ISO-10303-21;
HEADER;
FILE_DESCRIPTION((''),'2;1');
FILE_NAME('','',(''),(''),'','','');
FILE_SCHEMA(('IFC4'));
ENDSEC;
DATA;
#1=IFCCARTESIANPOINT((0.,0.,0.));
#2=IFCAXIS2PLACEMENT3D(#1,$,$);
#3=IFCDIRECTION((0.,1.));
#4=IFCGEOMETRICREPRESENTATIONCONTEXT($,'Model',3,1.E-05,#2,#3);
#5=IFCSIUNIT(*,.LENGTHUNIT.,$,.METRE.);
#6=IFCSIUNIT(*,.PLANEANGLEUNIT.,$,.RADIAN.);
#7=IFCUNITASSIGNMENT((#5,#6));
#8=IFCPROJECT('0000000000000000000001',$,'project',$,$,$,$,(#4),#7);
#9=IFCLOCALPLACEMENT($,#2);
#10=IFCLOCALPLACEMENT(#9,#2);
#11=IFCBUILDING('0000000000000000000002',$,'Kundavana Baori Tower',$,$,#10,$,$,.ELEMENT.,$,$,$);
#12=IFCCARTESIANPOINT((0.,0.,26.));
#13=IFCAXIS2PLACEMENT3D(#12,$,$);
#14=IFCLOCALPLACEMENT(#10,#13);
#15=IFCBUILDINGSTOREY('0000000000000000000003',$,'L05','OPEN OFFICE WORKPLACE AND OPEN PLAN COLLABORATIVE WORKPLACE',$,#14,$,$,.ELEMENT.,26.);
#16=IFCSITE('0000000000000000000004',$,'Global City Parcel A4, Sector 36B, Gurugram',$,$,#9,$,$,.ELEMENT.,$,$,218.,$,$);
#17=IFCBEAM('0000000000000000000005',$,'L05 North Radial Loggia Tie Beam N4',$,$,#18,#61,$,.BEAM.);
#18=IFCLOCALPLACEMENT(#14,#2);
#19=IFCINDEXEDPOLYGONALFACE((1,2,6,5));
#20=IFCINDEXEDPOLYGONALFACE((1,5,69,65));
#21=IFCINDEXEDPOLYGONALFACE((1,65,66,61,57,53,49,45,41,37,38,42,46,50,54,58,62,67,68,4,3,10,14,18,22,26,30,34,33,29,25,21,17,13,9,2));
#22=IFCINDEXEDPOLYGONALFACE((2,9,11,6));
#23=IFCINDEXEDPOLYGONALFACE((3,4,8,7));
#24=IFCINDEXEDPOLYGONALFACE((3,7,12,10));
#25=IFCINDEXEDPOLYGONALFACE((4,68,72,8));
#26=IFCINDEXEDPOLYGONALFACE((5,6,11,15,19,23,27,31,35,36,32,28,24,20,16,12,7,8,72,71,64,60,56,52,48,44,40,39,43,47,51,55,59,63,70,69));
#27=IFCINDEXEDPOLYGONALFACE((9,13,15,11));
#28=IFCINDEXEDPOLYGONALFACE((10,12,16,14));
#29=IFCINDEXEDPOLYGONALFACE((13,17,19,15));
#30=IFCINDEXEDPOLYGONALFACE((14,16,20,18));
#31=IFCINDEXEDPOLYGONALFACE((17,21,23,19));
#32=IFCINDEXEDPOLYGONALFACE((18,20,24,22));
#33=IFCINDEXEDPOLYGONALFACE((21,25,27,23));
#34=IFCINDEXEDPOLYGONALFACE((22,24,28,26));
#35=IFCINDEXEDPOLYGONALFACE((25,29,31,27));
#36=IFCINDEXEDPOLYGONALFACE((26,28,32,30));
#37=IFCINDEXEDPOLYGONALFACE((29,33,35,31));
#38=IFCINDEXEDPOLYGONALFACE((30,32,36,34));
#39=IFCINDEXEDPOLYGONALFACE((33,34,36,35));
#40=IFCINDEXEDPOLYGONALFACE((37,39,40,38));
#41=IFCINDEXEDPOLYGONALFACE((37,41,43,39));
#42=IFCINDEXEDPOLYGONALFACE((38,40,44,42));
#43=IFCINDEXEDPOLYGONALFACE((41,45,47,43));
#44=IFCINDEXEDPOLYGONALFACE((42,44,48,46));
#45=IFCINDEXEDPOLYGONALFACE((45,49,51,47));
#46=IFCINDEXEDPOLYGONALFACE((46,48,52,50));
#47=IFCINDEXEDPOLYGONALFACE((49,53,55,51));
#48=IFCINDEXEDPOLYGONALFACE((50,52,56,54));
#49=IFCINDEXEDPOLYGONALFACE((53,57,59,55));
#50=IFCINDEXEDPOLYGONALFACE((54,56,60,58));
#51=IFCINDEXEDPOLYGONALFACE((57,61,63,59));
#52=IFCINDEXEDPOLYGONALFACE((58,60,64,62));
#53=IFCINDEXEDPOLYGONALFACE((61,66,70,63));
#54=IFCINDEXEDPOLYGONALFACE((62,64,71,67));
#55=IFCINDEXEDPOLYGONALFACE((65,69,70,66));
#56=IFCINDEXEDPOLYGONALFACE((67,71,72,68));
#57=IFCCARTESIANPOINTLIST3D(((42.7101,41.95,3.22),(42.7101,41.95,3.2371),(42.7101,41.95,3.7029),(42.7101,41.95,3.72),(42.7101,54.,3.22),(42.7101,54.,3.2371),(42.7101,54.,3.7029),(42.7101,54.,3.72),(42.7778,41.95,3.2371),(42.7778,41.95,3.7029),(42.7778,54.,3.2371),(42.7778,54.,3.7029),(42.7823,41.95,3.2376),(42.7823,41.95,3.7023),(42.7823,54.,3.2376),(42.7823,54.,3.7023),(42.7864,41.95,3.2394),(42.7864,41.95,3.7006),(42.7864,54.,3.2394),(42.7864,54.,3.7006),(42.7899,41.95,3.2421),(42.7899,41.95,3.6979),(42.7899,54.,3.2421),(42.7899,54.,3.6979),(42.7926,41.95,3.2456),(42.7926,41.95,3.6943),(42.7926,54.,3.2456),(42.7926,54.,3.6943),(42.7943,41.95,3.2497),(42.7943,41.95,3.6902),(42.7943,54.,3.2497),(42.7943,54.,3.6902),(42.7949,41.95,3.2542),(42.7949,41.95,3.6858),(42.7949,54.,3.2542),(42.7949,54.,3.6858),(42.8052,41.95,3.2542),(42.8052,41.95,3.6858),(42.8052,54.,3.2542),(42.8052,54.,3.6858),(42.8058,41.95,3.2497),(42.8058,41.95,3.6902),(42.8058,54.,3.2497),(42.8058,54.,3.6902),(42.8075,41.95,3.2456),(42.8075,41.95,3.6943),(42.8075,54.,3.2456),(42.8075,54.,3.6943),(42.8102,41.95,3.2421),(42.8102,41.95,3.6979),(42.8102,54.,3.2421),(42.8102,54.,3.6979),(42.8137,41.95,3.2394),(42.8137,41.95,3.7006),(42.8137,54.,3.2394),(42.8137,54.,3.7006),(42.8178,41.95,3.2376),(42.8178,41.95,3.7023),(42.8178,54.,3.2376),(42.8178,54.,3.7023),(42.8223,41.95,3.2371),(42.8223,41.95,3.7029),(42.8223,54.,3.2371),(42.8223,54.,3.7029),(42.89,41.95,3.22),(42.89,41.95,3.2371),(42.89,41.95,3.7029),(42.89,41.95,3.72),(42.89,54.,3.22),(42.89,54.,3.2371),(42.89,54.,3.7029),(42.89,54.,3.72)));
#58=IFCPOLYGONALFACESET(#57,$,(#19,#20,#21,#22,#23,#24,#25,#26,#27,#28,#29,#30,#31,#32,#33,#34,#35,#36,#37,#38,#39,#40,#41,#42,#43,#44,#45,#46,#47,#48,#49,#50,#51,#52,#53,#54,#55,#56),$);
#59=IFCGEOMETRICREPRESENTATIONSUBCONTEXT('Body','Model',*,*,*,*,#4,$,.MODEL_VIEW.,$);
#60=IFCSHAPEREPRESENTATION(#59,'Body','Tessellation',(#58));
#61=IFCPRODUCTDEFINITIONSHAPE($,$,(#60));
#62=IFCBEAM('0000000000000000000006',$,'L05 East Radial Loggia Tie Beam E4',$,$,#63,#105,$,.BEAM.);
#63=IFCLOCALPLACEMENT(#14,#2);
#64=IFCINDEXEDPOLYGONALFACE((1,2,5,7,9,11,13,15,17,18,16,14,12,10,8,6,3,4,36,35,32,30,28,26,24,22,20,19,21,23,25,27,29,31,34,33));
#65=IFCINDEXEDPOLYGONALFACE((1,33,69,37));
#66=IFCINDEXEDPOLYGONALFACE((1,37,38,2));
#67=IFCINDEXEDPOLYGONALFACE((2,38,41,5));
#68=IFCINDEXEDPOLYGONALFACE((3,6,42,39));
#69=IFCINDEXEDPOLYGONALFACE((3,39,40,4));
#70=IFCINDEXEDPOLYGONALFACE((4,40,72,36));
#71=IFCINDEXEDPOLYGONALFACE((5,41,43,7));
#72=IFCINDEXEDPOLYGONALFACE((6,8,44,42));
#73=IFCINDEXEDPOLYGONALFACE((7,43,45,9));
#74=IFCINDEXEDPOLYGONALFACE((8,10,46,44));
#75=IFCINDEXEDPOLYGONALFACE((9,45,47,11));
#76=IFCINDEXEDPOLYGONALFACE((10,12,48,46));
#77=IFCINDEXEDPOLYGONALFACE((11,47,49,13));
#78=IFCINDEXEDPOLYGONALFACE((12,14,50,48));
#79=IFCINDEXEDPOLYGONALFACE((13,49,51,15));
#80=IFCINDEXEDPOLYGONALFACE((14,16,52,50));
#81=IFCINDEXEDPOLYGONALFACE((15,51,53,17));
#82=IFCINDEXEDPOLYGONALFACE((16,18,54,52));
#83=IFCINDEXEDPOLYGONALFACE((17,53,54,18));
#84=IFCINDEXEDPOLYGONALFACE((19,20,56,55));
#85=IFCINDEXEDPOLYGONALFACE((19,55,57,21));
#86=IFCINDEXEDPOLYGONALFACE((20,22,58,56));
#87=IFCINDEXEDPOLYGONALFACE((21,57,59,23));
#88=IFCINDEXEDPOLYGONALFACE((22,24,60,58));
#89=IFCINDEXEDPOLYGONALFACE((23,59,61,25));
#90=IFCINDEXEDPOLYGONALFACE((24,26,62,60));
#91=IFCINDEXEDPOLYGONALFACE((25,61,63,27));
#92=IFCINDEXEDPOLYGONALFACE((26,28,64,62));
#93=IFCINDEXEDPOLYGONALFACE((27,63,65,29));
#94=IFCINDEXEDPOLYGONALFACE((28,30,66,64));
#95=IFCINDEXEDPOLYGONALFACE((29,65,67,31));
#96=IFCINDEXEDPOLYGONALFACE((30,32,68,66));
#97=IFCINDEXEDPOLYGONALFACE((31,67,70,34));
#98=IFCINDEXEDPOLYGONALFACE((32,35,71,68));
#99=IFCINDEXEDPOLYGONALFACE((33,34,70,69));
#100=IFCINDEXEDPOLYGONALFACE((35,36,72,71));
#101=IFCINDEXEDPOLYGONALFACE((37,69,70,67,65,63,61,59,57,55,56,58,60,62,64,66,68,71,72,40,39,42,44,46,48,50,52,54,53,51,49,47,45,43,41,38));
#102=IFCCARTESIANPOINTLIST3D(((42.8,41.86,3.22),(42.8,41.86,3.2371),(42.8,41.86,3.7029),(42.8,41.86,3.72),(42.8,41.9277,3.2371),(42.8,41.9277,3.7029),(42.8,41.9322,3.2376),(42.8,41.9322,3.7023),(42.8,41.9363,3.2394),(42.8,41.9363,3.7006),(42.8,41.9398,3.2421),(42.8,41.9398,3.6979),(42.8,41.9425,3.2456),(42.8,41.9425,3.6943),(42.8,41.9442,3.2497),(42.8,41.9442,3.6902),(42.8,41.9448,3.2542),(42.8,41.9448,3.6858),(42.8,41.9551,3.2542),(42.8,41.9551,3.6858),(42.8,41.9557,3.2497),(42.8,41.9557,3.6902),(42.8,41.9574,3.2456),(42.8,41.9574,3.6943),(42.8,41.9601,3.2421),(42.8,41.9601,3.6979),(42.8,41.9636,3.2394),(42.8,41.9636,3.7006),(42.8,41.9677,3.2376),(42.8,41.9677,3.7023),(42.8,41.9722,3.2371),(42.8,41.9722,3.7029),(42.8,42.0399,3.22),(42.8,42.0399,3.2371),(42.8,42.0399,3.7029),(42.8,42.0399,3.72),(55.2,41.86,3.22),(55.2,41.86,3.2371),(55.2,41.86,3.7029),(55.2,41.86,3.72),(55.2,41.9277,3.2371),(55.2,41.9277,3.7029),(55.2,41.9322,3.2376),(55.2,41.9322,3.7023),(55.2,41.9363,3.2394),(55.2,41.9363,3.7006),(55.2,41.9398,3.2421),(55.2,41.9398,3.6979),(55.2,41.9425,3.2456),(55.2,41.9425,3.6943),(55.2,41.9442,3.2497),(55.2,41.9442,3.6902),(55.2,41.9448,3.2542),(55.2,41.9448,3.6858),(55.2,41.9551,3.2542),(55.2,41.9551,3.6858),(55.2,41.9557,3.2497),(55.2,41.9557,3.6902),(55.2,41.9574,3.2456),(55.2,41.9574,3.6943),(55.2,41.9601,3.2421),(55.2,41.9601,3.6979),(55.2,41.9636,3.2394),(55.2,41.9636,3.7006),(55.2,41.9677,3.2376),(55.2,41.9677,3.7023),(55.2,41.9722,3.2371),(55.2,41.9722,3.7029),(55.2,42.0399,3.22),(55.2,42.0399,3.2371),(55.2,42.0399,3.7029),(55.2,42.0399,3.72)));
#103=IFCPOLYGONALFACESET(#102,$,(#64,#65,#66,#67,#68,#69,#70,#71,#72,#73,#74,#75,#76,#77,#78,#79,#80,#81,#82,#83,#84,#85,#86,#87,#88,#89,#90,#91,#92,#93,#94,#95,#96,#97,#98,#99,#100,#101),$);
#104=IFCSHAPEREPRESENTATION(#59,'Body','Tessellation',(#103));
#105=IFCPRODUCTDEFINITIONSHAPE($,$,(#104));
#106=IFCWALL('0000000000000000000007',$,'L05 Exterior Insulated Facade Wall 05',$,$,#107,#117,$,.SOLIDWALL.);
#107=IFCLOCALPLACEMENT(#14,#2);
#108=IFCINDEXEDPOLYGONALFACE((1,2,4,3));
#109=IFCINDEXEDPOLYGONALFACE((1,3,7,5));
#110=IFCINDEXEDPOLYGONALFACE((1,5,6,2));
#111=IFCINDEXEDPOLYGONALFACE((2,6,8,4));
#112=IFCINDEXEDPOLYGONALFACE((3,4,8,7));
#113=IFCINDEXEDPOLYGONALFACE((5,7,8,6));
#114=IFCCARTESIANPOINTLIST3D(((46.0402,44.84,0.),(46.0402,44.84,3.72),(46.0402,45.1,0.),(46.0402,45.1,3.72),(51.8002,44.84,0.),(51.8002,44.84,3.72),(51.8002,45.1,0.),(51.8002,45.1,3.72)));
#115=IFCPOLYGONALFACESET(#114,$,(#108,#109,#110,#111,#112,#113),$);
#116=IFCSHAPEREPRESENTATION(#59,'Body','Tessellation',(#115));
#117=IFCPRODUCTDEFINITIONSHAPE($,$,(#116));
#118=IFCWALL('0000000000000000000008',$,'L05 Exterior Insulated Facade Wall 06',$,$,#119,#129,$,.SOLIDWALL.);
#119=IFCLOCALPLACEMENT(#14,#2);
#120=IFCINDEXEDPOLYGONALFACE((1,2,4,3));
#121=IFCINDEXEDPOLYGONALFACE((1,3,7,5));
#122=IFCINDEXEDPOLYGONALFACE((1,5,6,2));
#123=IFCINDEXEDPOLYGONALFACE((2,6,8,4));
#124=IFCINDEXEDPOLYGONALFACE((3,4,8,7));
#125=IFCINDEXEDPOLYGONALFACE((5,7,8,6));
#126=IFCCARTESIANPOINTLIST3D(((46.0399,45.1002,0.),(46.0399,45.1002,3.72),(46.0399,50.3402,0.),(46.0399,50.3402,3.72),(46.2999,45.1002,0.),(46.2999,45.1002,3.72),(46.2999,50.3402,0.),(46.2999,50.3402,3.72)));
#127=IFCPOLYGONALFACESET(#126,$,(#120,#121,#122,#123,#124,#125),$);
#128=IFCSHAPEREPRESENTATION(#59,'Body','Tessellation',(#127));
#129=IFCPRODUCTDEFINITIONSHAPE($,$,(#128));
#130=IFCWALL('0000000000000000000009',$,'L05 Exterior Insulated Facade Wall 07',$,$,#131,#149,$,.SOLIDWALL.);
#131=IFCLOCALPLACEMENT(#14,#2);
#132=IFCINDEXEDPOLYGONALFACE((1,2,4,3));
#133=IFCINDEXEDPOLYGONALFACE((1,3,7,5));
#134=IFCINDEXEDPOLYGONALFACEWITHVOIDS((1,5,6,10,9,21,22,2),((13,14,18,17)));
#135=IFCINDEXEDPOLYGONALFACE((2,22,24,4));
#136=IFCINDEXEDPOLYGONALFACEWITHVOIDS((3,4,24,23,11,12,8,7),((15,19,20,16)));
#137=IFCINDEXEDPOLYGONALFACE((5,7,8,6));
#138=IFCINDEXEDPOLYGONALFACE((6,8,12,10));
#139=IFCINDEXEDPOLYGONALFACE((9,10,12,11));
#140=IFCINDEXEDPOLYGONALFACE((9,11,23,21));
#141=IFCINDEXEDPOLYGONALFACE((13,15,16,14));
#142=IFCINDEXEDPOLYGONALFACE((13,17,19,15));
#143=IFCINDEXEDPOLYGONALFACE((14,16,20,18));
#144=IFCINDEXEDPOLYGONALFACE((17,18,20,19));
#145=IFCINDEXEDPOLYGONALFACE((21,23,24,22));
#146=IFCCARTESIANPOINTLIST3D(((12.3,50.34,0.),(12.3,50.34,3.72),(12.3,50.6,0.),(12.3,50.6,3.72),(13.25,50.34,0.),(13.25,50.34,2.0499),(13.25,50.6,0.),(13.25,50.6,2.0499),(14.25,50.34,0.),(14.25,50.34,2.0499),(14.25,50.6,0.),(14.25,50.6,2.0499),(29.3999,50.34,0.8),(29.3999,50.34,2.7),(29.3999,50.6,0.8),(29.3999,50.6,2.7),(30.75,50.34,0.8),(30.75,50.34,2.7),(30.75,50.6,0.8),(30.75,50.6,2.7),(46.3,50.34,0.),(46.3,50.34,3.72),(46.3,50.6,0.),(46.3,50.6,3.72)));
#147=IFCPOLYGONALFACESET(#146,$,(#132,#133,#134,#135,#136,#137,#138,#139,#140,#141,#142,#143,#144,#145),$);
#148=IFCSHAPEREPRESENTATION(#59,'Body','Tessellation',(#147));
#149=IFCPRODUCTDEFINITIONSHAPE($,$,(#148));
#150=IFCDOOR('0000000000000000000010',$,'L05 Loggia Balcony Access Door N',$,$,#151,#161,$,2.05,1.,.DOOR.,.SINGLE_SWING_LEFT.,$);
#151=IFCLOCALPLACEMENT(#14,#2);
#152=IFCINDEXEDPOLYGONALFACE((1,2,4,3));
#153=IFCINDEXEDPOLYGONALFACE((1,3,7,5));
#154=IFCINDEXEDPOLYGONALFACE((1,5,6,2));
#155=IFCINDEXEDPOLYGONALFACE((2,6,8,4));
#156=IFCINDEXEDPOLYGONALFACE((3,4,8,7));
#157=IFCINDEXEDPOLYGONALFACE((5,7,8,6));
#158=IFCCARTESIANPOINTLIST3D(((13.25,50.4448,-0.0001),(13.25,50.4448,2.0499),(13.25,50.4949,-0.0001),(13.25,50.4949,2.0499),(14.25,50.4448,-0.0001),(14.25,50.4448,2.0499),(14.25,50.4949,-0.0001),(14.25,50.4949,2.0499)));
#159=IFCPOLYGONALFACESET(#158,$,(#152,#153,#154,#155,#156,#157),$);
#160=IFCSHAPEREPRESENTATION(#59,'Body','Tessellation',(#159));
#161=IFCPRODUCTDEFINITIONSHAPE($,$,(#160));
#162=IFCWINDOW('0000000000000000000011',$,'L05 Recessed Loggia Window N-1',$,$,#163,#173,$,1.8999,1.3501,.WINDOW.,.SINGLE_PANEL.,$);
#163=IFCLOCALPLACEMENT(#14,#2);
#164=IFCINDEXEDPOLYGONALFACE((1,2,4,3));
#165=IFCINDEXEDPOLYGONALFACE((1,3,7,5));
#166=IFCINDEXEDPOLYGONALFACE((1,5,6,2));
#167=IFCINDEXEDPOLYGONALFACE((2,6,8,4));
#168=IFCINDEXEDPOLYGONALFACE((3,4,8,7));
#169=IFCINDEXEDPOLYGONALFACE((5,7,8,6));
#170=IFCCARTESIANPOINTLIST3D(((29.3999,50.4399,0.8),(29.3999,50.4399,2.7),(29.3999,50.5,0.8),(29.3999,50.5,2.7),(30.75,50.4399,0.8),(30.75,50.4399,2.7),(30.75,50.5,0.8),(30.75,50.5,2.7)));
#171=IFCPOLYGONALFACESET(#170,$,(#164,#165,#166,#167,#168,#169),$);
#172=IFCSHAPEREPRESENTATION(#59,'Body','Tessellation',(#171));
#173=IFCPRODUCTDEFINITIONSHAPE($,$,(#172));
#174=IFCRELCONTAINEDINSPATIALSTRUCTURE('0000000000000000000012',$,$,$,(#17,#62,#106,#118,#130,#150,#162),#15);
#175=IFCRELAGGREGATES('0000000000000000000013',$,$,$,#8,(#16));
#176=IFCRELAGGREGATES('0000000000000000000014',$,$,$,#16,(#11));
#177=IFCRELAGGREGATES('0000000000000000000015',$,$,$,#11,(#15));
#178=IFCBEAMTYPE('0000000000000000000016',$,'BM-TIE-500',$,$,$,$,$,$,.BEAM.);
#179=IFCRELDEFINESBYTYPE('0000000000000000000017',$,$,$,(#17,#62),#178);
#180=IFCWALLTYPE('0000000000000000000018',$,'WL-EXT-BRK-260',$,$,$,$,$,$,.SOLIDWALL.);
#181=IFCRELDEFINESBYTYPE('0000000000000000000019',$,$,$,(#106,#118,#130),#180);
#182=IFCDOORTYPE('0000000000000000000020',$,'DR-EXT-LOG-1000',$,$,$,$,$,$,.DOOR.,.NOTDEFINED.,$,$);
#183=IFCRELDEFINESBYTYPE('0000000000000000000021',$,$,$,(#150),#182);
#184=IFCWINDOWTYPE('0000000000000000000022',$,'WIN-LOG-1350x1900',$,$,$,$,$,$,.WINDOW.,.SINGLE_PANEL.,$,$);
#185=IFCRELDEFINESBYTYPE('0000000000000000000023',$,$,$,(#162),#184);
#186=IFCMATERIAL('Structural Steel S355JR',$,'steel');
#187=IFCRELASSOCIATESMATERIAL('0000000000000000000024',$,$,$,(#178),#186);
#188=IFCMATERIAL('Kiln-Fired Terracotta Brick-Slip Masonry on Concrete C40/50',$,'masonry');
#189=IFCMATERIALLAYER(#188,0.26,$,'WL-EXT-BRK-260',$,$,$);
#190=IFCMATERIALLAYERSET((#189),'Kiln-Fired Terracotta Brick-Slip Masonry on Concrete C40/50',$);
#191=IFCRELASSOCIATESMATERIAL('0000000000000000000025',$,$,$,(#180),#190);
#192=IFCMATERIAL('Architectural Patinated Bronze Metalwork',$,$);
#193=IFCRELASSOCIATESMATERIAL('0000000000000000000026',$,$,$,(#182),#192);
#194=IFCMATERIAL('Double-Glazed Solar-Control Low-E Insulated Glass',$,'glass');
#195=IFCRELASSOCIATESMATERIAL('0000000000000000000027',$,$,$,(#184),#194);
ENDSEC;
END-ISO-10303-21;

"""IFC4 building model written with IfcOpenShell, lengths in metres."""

from ifc_helpers import new_model, si_unit, direction, frame, frame_2d, origin, origin_2d, place, context, subcontext, project, spatial, rectangle, i_section, extrude, material, layer, layer_set, material_profile, profile_set, type_object, element, fill, save


model = new_model("IFC4")

# Units and contexts
model_context = context("Model", 3, precision=1e-05, world=origin(), true_north=direction((0.0, 1.0)))
body_context = subcontext(model_context, "Body", "Model", "MODEL_VIEW")
ifc_project = project(units=[si_unit("LENGTHUNIT", "METRE"), si_unit("PLANEANGLEUNIT", "RADIAN")], contexts=[model_context])

# Site, building, storey
site_placement = place(None, origin())
site = spatial("IfcSite", under=ifc_project, at=site_placement, Name="Global City Parcel A4, Sector 36B, Gurugram", CompositionType="ELEMENT", RefElevation=218.0)
building_placement = place(site_placement, origin())
building = spatial("IfcBuilding", under=site, at=building_placement, Name="Kundavana Baori Tower", CompositionType="ELEMENT")
storey_placement = place(building_placement, frame((0.0, 0.0, 26.0)))
storey = spatial("IfcBuildingStorey", under=building, at=storey_placement, Name="L05", Description="OPEN OFFICE WORKPLACE AND OPEN PLAN COLLABORATIVE WORKPLACE", CompositionType="ELEMENT", Elevation=26.0)

# Beams
ifc_material_1 = material(Name="Structural Steel S355JR", Category="steel")
ifc_material_profile_1 = material_profile(ifc_material_1, i_section(OverallWidth=0.1799, OverallDepth=0.5, WebThickness=0.0103, FlangeThickness=0.0171, FilletRadius=0.0171, at=origin_2d()), Name="ISMB 500")
ifc_profile_set_1 = profile_set([ifc_material_profile_1], Name="Structural Steel S355JR")
beam_type_1 = type_object("IfcBeamType", Name="BM-TIE-500", PredefinedType="BEAM", material=ifc_profile_set_1)
for number, where, z_axis, x_axis, name in (
    (1, (42.8, 41.95, 3.47), (0.0, 1.0, 0.0), (-1.0, 0.0, 0.0), "L05 North Radial Loggia Tie Beam N4"),
):
    element("IfcBeam", number, at=place(storey_placement, frame(where, z_axis=z_axis, x_axis=x_axis)), inside=storey, type_object=beam_type_1, Name=name, PredefinedType="BEAM", context=body_context, shape_type="SweptSolid", body=[
        extrude(i_section(OverallWidth=0.1799, OverallDepth=0.5, WebThickness=0.0103, FlangeThickness=0.0171, FilletRadius=0.0171, at=origin_2d()), origin(), (0.0, 0.0, 1.0), 12.05),
    ])
beam_1_placement = place(storey_placement, frame((42.8, 41.95, 3.47), z_axis=(1.0, 0.0, 0.0), x_axis=(0.0, 1.0, 0.0)))
element("IfcBeam", 2, at=beam_1_placement, inside=storey, type_object=beam_type_1, Name="L05 East Radial Loggia Tie Beam E4", PredefinedType="BEAM", context=body_context, shape_type="SweptSolid", body=[
    extrude(i_section(OverallWidth=0.1799, OverallDepth=0.5, WebThickness=0.0103, FlangeThickness=0.0171, FilletRadius=0.0171, at=origin_2d()), origin(), (0.0, 0.0, 1.0), 12.3999),
])

# Walls
ifc_material_2 = material(Name="Kiln-Fired Terracotta Brick-Slip Masonry on Concrete C40/50", Category="masonry")
ifc_layer_1 = layer(ifc_material_2, 0.26, Name="WL-EXT-BRK-260")
ifc_layer_set_1 = layer_set([ifc_layer_1], Name="Kiln-Fired Terracotta Brick-Slip Masonry on Concrete C40/50")
wall_type_1 = type_object("IfcWallType", Name="WL-EXT-BRK-260", PredefinedType="SOLIDWALL", material=ifc_layer_set_1)
wall_1_placement = place(storey_placement, frame((51.8, 44.97, 0.0), z_axis=(0.0, 0.0, 1.0), x_axis=(-1.0, 0.0, 0.0)))
element("IfcWall", 3, at=wall_1_placement, inside=storey, type_object=wall_type_1, Name="L05 Exterior Insulated Facade Wall 05", PredefinedType="SOLIDWALL", context=body_context, shape_type="SweptSolid", body=[
    extrude(rectangle(XDim=5.76, YDim=0.26, at=frame_2d((2.8799, 0.0))), origin(), (0.0, 0.0, 1.0), 3.72),
])
wall_2_placement = place(storey_placement, frame((46.1699, 45.1001, 0.0), z_axis=(0.0, 0.0, 1.0), x_axis=(0.0, 1.0, 0.0)))
element("IfcWall", 4, at=wall_2_placement, inside=storey, type_object=wall_type_1, Name="L05 Exterior Insulated Facade Wall 06", PredefinedType="SOLIDWALL", context=body_context, shape_type="SweptSolid", body=[
    extrude(rectangle(XDim=5.24, YDim=0.26, at=frame_2d((2.6201, 0.0))), origin(), (0.0, 0.0, 1.0), 3.72),
])

# Wall, openings, door, window
wall_3_placement = place(storey_placement, frame((46.3, 50.47, 0.0), z_axis=(0.0, 0.0, 1.0), x_axis=(-1.0, 0.0, 0.0)))
wall_3 = element("IfcWall", 5, at=wall_3_placement, inside=storey, type_object=wall_type_1, Name="L05 Exterior Insulated Facade Wall 07", PredefinedType="SOLIDWALL", context=body_context, shape_type="SweptSolid", body=[
    extrude(rectangle(XDim=34.0, YDim=0.26, at=frame_2d((17.0, 0.0))), origin(), (0.0, 0.0, 1.0), 3.72),
])
opening_1_placement = place(wall_3_placement, frame((32.05, 0.0, 0.0)))
opening_1 = element("IfcOpeningElement", 6, at=opening_1_placement, cuts=wall_3, PredefinedType="OPENING", context=body_context, shape_type="SweptSolid", body=[
    extrude(rectangle(XDim=1.0, YDim=2.05, at=frame_2d((0.5, 1.0249))), frame((0.0, 0.1401, 0.0), z_axis=(0.0, -1.0, 0.0), x_axis=(1.0, 0.0, 0.0)), (0.0, 0.0, 1.0), 0.28),
])
opening_2_placement = place(wall_3_placement, frame((15.55, 0.0, 0.8)))
opening_2 = element("IfcOpeningElement", 7, at=opening_2_placement, cuts=wall_3, PredefinedType="OPENING", context=body_context, shape_type="SweptSolid", body=[
    extrude(rectangle(XDim=1.3501, YDim=1.8999, at=frame_2d((0.675, 0.95))), frame((0.0, 0.1401, 0.0), z_axis=(0.0, -1.0, 0.0), x_axis=(1.0, 0.0, 0.0)), (0.0, 0.0, 1.0), 0.28),
])
ifc_material_3 = material(Name="Architectural Patinated Bronze Metalwork")
door_type = type_object("IfcDoorType", Name="DR-EXT-LOG-1000", OperationType="NOTDEFINED", PredefinedType="DOOR", material=ifc_material_3)
door_placement = place(opening_1_placement, frame((1.0, 0.0, 0.0), z_axis=(0.0, 0.0, 1.0), x_axis=(-1.0, 0.0, 0.0)))
door = element("IfcDoor", 8, at=door_placement, inside=storey, type_object=door_type, Name="L05 Loggia Balcony Access Door N", OperationType="SINGLE_SWING_LEFT", OverallHeight=2.05, OverallWidth=1.0, PredefinedType="DOOR", context=body_context, shape_type="SweptSolid", body=[
    extrude(rectangle(XDim=1.0, YDim=2.05, at=frame_2d((0.5, 1.0249))), frame((0.0, 0.0249, 0.0), z_axis=(0.0, -1.0, 0.0), x_axis=(1.0, 0.0, 0.0)), (0.0, 0.0, 1.0), 0.05),
])
fill(opening_1, door)
ifc_material_4 = material(Name="Double-Glazed Solar-Control Low-E Insulated Glass", Category="glass")
window_type = type_object("IfcWindowType", Name="WIN-LOG-1350x1900", PartitioningType="SINGLE_PANEL", PredefinedType="WINDOW", material=ifc_material_4)
window_placement = place(opening_2_placement, origin())
window = element("IfcWindow", 9, at=window_placement, inside=storey, type_object=window_type, Name="L05 Recessed Loggia Window N-1", OverallHeight=1.8999, OverallWidth=1.3501, PartitioningType="SINGLE_PANEL", PredefinedType="WINDOW", context=body_context, shape_type="SweptSolid", body=[
    extrude(rectangle(XDim=1.3501, YDim=1.8999, at=frame_2d((0.675, 0.95))), frame((0.0, 0.03, 0.0), z_axis=(0.0, -1.0, 0.0), x_axis=(1.0, 0.0, 0.0)), (0.0, 0.0, 1.0), 0.0601),
])
fill(opening_2, window)

save(model, "model.ifc")
